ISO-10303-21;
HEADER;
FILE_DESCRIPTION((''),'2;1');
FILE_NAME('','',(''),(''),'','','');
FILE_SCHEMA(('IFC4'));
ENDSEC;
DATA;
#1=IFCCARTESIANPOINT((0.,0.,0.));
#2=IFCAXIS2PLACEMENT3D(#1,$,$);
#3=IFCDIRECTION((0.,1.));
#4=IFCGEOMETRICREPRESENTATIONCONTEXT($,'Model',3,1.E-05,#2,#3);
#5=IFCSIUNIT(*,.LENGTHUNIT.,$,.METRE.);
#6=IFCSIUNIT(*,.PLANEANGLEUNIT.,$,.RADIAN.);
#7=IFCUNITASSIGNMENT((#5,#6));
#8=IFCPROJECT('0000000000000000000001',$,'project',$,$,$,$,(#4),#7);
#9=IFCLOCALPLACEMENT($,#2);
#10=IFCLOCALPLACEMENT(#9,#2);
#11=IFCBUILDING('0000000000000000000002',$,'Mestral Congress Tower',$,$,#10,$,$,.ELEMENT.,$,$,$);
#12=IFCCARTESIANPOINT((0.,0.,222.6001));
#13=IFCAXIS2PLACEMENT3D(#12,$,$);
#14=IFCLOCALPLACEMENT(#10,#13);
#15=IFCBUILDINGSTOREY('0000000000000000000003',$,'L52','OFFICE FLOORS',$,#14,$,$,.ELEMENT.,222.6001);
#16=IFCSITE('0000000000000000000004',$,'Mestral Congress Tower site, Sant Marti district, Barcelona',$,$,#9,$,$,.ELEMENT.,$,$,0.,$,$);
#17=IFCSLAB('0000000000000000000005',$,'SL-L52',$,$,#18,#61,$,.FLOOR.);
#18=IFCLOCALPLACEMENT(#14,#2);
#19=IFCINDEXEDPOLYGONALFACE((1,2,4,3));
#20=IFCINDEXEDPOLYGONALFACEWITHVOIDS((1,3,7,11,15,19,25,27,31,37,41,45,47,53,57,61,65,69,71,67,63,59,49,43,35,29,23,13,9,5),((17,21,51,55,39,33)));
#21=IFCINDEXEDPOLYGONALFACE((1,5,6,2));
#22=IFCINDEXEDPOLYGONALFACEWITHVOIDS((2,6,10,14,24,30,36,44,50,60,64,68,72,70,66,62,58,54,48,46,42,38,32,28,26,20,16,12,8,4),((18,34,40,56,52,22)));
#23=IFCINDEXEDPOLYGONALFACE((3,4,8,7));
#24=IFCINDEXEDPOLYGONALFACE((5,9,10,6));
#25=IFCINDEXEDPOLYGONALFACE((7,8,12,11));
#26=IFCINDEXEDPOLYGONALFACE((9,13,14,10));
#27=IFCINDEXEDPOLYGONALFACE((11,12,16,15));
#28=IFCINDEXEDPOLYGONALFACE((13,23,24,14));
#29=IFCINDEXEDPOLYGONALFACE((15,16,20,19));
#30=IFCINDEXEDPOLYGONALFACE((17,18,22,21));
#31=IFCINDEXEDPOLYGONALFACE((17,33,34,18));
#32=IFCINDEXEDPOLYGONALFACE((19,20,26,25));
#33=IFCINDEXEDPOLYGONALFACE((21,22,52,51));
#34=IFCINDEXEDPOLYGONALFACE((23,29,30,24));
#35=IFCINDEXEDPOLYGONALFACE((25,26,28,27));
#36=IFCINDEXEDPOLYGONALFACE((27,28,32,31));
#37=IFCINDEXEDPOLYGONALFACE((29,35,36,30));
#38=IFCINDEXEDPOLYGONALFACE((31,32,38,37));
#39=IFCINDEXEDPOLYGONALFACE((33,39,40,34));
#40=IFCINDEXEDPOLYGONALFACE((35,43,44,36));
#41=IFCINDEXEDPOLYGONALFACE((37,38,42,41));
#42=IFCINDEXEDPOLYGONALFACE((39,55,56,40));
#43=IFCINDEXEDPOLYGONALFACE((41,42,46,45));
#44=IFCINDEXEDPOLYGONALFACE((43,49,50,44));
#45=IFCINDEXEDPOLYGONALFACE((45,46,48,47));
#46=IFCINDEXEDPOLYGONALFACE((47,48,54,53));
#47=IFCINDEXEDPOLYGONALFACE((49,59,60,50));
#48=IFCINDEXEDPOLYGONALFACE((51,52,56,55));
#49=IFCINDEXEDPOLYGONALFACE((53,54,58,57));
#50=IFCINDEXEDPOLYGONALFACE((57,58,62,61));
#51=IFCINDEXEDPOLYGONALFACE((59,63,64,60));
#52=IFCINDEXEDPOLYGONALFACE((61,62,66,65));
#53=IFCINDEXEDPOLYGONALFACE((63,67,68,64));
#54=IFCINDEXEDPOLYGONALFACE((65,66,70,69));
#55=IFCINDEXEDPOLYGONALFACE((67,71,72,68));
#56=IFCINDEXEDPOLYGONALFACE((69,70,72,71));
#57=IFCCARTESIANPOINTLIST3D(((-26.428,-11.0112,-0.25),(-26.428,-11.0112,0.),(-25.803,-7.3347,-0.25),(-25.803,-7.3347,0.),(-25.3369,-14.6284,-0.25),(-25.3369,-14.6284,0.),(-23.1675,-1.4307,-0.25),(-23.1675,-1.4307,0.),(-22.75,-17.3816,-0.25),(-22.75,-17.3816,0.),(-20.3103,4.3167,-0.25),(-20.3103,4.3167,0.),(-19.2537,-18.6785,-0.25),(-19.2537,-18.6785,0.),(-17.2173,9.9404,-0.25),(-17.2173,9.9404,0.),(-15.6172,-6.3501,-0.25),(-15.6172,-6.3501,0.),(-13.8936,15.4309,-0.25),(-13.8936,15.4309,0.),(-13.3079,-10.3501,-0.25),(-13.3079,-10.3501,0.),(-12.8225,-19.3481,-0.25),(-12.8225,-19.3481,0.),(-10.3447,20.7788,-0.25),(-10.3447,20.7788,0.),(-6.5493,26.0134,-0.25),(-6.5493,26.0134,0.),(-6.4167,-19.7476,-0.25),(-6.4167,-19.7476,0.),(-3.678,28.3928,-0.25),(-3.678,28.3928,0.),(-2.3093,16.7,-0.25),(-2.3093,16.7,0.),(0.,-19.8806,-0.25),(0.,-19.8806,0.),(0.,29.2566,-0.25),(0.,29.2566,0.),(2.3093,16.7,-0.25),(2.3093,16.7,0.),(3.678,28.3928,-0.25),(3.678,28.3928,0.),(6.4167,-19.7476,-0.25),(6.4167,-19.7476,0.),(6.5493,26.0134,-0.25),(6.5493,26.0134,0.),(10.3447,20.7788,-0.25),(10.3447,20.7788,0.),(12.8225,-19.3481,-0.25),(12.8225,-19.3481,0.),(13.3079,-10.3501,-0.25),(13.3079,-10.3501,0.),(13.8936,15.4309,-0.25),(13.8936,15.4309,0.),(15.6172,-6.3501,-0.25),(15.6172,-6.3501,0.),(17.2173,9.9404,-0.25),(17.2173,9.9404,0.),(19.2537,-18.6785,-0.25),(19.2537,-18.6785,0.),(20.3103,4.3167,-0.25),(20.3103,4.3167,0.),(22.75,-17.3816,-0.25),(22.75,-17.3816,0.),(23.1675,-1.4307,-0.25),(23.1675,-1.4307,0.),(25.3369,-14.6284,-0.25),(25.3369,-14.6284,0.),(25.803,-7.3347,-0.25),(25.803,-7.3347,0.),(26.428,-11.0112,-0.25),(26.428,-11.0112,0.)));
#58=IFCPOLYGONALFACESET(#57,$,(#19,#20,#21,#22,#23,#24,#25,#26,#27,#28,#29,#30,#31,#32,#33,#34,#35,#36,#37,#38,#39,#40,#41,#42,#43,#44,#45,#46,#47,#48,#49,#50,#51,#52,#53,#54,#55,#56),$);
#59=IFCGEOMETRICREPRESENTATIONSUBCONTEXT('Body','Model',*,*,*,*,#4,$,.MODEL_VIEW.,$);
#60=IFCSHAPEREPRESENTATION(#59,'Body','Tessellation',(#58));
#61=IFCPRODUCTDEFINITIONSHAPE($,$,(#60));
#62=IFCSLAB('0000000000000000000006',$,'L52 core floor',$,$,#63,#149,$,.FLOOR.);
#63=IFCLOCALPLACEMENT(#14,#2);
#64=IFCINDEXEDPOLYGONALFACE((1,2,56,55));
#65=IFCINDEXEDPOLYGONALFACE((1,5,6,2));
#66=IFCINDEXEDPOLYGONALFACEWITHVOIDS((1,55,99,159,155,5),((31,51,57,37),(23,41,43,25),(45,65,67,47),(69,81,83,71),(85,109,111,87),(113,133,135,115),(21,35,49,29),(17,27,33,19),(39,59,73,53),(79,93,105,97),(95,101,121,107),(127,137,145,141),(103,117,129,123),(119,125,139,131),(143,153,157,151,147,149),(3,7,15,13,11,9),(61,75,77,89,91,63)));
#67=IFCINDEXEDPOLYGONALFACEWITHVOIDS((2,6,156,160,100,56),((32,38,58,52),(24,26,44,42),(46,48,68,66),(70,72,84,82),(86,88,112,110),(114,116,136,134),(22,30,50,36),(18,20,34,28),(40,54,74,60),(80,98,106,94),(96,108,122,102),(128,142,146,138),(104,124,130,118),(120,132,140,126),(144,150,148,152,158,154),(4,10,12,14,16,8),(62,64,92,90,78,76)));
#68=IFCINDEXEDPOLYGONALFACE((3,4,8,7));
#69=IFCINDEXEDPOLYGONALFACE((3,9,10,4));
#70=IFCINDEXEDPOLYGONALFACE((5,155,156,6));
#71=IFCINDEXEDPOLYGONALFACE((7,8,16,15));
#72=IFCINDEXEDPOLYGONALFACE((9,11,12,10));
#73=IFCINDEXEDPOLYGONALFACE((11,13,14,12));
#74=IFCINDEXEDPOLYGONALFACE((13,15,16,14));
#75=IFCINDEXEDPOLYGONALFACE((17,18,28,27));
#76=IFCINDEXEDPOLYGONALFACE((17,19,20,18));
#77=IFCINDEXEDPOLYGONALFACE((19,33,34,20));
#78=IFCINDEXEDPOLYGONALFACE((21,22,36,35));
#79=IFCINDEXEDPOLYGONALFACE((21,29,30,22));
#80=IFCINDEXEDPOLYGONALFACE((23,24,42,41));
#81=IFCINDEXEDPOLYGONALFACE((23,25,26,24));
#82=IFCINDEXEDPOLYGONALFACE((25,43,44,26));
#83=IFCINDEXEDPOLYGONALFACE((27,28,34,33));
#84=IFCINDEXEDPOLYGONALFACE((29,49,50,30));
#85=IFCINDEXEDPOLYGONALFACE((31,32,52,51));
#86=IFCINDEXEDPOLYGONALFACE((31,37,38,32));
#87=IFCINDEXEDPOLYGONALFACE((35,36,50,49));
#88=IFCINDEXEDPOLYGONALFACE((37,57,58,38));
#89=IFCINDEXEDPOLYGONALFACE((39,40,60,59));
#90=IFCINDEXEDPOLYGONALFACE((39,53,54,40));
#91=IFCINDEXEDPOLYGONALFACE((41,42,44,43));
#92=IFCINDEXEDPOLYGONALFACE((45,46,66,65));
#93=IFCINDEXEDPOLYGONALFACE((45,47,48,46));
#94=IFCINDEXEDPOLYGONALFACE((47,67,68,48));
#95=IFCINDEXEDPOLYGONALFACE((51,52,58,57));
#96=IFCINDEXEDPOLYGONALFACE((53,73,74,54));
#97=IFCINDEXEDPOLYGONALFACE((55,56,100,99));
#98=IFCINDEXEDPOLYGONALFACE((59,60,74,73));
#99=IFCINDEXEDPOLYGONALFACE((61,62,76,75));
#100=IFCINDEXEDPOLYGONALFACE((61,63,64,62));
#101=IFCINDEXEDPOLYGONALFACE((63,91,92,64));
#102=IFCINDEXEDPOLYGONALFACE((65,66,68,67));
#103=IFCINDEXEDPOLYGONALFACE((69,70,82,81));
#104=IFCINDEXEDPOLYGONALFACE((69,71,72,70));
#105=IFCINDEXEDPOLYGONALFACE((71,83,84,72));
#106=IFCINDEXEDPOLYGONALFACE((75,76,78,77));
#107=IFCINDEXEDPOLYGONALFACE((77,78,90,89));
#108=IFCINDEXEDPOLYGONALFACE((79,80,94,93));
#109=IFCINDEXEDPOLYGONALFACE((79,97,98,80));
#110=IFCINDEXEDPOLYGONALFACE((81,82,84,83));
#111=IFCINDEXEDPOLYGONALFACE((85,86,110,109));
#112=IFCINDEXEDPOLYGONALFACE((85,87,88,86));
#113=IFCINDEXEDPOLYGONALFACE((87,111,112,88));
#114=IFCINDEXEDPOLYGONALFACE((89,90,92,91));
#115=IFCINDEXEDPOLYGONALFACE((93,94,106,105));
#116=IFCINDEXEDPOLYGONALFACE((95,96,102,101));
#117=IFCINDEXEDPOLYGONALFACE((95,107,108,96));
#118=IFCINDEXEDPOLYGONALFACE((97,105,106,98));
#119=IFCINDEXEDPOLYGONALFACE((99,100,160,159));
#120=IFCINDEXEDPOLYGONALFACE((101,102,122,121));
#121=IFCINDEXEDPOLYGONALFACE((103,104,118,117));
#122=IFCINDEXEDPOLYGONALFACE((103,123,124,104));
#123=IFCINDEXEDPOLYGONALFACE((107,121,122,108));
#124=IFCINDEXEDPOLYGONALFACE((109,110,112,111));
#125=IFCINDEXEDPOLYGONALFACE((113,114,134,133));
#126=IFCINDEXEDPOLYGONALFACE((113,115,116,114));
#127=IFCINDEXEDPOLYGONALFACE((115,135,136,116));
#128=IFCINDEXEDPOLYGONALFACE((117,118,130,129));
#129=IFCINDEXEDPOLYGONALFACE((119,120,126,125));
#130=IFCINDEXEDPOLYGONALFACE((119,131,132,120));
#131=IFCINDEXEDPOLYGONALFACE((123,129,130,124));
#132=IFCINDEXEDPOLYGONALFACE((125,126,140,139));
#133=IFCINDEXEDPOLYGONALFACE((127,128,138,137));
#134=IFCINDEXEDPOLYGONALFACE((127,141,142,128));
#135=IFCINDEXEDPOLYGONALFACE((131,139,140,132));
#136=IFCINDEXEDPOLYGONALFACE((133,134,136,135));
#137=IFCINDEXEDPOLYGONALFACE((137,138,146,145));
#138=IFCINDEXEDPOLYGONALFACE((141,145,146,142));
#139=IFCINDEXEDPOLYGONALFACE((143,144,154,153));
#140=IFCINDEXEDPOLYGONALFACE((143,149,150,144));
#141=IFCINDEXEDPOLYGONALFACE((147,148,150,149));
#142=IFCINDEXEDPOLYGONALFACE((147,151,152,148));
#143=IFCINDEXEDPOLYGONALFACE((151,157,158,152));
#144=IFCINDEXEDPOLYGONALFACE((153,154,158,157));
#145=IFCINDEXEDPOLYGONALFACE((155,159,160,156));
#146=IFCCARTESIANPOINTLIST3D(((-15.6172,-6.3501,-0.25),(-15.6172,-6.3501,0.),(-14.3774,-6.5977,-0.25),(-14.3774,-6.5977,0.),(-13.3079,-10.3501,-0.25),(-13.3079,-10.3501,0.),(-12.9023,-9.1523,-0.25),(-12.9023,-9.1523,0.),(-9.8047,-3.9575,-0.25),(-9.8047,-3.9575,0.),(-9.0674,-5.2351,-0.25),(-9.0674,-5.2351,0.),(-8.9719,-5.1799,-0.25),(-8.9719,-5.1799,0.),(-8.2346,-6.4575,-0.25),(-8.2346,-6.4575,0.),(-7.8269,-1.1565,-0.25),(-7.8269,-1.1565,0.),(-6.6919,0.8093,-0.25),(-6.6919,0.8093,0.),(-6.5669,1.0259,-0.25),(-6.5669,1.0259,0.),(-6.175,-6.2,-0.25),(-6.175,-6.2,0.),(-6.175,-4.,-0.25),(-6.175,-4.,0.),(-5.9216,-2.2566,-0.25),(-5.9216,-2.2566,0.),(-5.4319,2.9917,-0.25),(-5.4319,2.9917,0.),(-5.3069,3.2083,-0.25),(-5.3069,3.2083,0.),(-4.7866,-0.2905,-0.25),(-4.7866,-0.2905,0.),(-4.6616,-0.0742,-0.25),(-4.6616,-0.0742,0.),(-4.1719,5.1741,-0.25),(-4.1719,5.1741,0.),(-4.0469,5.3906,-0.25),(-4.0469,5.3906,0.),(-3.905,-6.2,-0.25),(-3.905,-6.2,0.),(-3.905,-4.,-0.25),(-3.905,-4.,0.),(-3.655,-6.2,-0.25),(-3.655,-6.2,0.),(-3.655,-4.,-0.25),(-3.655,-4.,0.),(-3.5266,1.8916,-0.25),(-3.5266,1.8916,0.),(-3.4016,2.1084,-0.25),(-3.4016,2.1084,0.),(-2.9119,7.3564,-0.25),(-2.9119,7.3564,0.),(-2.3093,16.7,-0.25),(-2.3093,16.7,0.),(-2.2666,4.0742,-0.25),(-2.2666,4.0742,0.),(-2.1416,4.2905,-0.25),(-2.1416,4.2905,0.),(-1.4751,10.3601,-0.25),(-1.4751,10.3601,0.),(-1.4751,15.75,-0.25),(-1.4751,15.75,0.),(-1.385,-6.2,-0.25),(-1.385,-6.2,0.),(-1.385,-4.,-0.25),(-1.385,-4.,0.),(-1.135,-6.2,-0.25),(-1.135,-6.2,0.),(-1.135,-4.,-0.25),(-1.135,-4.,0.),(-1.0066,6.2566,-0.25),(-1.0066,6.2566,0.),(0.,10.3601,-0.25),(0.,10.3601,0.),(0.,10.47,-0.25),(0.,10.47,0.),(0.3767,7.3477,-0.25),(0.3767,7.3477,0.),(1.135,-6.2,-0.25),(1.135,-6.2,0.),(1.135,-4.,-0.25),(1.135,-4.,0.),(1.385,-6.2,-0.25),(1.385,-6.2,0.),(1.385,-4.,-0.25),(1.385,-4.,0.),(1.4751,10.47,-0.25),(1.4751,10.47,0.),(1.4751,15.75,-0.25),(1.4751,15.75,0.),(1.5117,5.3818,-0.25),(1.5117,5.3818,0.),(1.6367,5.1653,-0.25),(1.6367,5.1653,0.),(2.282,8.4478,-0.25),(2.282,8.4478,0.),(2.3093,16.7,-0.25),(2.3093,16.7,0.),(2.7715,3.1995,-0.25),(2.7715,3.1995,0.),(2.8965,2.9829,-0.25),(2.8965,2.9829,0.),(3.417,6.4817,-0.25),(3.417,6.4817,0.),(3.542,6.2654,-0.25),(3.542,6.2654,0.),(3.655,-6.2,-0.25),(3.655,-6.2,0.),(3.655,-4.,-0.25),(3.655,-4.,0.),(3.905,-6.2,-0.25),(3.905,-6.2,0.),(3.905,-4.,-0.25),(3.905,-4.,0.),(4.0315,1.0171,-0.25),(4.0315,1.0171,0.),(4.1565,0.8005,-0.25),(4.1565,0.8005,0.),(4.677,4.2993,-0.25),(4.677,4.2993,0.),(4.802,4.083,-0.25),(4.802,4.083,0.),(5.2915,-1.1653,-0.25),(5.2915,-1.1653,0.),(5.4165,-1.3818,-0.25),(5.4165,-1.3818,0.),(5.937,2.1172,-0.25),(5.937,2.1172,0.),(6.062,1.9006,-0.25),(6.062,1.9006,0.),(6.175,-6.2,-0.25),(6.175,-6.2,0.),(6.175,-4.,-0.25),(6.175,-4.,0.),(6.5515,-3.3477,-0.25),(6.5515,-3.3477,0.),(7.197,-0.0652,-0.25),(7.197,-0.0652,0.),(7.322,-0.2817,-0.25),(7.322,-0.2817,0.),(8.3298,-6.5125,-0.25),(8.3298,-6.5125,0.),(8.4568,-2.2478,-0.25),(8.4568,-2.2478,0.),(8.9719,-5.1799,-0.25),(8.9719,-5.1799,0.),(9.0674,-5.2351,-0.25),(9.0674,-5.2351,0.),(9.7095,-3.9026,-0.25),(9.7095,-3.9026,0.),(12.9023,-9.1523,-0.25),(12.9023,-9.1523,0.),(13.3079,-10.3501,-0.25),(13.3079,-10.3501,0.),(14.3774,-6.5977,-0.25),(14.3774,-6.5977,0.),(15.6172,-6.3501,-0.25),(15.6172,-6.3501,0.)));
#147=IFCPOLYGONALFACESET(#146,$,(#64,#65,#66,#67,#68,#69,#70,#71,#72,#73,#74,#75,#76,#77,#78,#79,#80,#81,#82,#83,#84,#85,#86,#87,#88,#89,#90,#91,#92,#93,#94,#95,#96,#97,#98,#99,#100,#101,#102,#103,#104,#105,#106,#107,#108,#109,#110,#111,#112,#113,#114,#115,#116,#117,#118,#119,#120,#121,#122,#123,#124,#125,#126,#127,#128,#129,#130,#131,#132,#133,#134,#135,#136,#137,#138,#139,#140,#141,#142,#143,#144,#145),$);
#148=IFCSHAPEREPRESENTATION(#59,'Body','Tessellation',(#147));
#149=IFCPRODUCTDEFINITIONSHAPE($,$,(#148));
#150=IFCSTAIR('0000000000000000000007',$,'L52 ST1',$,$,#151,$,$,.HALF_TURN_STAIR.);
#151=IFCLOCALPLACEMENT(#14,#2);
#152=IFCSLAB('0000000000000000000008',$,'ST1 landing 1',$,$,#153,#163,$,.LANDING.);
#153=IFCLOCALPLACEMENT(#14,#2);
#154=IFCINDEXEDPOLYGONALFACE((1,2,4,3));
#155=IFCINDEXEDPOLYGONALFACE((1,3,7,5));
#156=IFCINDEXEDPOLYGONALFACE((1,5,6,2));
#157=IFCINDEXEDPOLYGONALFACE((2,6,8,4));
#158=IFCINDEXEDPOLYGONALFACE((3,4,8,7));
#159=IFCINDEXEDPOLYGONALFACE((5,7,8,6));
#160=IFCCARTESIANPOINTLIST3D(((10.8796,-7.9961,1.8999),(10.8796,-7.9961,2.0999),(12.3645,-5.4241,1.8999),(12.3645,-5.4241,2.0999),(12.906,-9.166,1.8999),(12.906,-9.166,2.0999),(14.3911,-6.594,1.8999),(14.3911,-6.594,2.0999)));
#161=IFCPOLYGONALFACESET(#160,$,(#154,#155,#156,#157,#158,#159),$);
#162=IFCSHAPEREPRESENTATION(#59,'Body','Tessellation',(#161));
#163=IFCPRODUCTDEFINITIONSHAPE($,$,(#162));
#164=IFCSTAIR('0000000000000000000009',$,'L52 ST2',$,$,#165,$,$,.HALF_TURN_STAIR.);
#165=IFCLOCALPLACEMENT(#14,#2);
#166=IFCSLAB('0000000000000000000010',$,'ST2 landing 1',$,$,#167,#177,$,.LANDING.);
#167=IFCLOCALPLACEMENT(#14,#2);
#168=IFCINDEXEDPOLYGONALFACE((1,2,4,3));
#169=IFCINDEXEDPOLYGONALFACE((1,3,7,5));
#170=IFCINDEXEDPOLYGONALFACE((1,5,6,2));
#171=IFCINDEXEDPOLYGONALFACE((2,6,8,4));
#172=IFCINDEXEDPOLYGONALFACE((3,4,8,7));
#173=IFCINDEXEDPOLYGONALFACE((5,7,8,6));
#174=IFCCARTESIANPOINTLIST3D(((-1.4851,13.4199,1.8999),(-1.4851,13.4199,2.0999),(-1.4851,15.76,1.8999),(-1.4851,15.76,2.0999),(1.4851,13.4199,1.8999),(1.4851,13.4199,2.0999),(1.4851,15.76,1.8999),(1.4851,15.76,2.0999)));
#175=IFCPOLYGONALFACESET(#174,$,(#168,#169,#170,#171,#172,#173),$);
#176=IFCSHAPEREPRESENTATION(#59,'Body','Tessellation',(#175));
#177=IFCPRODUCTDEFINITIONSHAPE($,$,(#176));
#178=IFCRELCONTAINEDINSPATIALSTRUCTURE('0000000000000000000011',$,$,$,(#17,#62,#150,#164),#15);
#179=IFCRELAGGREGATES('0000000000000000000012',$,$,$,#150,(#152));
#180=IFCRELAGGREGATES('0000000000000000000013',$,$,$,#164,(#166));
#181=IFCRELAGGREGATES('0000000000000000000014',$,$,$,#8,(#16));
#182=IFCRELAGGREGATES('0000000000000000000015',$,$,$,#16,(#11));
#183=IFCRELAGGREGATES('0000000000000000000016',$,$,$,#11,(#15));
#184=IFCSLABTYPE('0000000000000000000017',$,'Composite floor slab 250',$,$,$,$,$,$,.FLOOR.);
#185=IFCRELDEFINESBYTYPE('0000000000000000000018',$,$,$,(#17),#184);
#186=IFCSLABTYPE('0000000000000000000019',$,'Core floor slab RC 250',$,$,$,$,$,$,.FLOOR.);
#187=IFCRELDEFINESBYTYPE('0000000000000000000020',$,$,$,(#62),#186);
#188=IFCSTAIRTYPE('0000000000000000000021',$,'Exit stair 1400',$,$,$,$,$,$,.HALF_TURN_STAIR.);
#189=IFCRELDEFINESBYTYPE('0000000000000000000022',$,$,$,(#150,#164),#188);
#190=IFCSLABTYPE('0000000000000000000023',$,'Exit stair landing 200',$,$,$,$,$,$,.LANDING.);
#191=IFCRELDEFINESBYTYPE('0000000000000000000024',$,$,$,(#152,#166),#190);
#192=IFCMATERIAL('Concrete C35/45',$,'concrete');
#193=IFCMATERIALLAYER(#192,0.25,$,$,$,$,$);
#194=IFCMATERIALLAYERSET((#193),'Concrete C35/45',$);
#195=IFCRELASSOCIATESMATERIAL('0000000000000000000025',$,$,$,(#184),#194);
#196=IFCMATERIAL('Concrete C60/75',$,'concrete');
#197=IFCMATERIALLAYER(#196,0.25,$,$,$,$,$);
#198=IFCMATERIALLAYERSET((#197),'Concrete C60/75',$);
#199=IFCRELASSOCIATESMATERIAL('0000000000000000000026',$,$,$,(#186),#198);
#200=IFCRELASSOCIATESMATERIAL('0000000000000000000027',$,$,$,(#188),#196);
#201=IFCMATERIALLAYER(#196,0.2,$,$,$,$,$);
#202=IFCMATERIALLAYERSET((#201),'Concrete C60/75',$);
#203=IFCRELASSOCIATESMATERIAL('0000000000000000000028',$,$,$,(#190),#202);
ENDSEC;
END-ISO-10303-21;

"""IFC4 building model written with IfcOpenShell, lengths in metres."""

from ifc_helpers import new_model, si_unit, direction, frame, origin, place, context, subcontext, project, spatial, polyline, outline, extrude, material, layer, layer_set, type_object, element, aggregate, save


model = new_model("IFC4")

# Units and contexts
model_context = context("Model", 3, precision=1e-05, world=origin(), true_north=direction((0.0, 1.0)))
body_context = subcontext(model_context, "Body", "Model", "MODEL_VIEW")
ifc_project = project(units=[si_unit("LENGTHUNIT", "METRE"), si_unit("PLANEANGLEUNIT", "RADIAN")], contexts=[model_context])

# Site, building, storey
site_placement = place(None, origin())
site = spatial("IfcSite", under=ifc_project, at=site_placement, Name="Mestral Congress Tower site, Sant Marti district, Barcelona", CompositionType="ELEMENT", RefElevation=0.0)
building_placement = place(site_placement, origin())
building = spatial("IfcBuilding", under=site, at=building_placement, Name="Mestral Congress Tower", CompositionType="ELEMENT")
storey_placement = place(building_placement, frame((0.0, 0.0, 222.6001)))
storey = spatial("IfcBuildingStorey", under=building, at=storey_placement, Name="L52", Description="OFFICE FLOORS", CompositionType="ELEMENT", Elevation=222.6001)

# Slabs
ifc_material_1 = material(Name="Concrete C35/45", Category="concrete")
ifc_layer_1 = layer(ifc_material_1, 0.25)
ifc_layer_set_1 = layer_set([ifc_layer_1], Name="Concrete C35/45")
slab_type_1 = type_object("IfcSlabType", Name="Composite floor slab 250", PredefinedType="FLOOR", material=ifc_layer_set_1)
placement_1 = place(storey_placement, frame((0.0, 0.0, -0.25)))
element("IfcSlab", 1, at=placement_1, inside=storey, type_object=slab_type_1, Name="SL-L52", PredefinedType="FLOOR", context=body_context, shape_type="SweptSolid", body=[
    extrude(outline(polyline([(-19.2537, -18.6785), (-22.75, -17.3816), (-25.3369, -14.6284), (-26.428, -11.0112), (-25.803, -7.3347), (-23.1675, -1.4307), (-20.3103, 4.3167), (-17.2173, 9.9404), (-13.8936, 15.4309), (-10.3447, 20.7788), (-6.5493, 26.0134), (-3.678, 28.3928), (0.0, 29.2566), (3.678, 28.3928), (6.5493, 26.0134), (10.3447, 20.7788), (13.8936, 15.4309), (17.2173, 9.9404), (20.3103, 4.3167), (23.1675, -1.4307), (25.803, -7.3347), (26.428, -11.0112), (25.3369, -14.6284), (22.75, -17.3816), (19.2537, -18.6785), (12.8225, -19.3481), (6.4167, -19.7476), (0.0, -19.8806), (-6.4167, -19.7476), (-12.8225, -19.3481), (-19.2537, -18.6785)]), holes=[polyline([(-2.3093, 16.7), (-15.6172, -6.3501), (-13.3079, -10.3501), (13.3079, -10.3501), (15.6172, -6.3501), (2.3093, 16.7), (-2.3093, 16.7)])]), origin(), (0.0, 0.0, 1.0), 0.25),
])
ifc_material_2 = material(Name="Concrete C60/75", Category="concrete")
ifc_layer_2 = layer(ifc_material_2, 0.25)
ifc_layer_set_2 = layer_set([ifc_layer_2], Name="Concrete C60/75")
slab_type_2 = type_object("IfcSlabType", Name="Core floor slab RC 250", PredefinedType="FLOOR", material=ifc_layer_set_2)
element("IfcSlab", 2, at=placement_1, inside=storey, type_object=slab_type_2, Name="L52 core floor", PredefinedType="FLOOR", context=body_context, shape_type="SweptSolid", body=[
    extrude(outline(polyline([(13.3079, -10.3501), (-13.3079, -10.3501), (-15.6172, -6.3501), (-2.3093, 16.7), (2.3093, 16.7), (15.6172, -6.3501), (13.3079, -10.3501)]), holes=[polyline([(-9.8047, -3.9575), (-14.3774, -6.5977), (-12.9023, -9.1523), (-8.2346, -6.4575), (-8.9719, -5.1799), (-9.0674, -5.2351), (-9.8047, -3.9575)]), polyline([(-3.905, -4.0), (-6.175, -4.0), (-6.175, -6.2), (-3.905, -6.2), (-3.905, -4.0)]), polyline([(-1.385, -4.0), (-3.655, -4.0), (-3.655, -6.2), (-1.385, -6.2), (-1.385, -4.0)]), polyline([(1.135, -4.0), (-1.135, -4.0), (-1.135, -6.2), (1.135, -6.2), (1.135, -4.0)]), polyline([(-5.9216, -2.2566), (-4.7866, -0.2905), (-6.6919, 0.8093), (-7.8269, -1.1565), (-5.9216, -2.2566)]), polyline([(-4.6616, -0.0742), (-3.5266, 1.8916), (-5.4319, 2.9917), (-6.5669, 1.0259), (-4.6616, -0.0742)]), polyline([(-3.4016, 2.1084), (-2.2666, 4.0742), (-4.1719, 5.1741), (-5.3069, 3.2083), (-3.4016, 2.1084)]), polyline([(-2.1416, 4.2905), (-1.0066, 6.2566), (-2.9119, 7.3564), (-4.0469, 5.3906), (-2.1416, 4.2905)]), polyline([(1.4751, 10.47), (1.4751, 15.75), (-1.4751, 15.75), (-1.4751, 10.3601), (0.0, 10.3601), (0.0, 10.47), (1.4751, 10.47)]), polyline([(8.3298, -6.5125), (12.9023, -9.1523), (14.3774, -6.5977), (9.7095, -3.9026), (8.9719, -5.1799), (9.0674, -5.2351), (8.3298, -6.5125)]), polyline([(3.655, -4.0), (1.385, -4.0), (1.385, -6.2), (3.655, -6.2), (3.655, -4.0)]), polyline([(6.175, -4.0), (3.905, -4.0), (3.905, -6.2), (6.175, -6.2), (6.175, -4.0)]), polyline([(5.4165, -1.3818), (6.5515, -3.3477), (8.4568, -2.2478), (7.322, -0.2817), (5.4165, -1.3818)]), polyline([(4.1565, 0.8005), (5.2915, -1.1653), (7.197, -0.0652), (6.062, 1.9006), (4.1565, 0.8005)]), polyline([(2.8965, 2.9829), (4.0315, 1.0171), (5.937, 2.1172), (4.802, 4.083), (2.8965, 2.9829)]), polyline([(3.542, 6.2654), (1.6367, 5.1653), (2.7715, 3.1995), (4.677, 4.2993), (3.542, 6.2654)]), polyline([(2.282, 8.4478), (0.3767, 7.3477), (1.5117, 5.3818), (3.417, 6.4817), (2.282, 8.4478)])]), origin(), (0.0, 0.0, 1.0), 0.25),
])

# Stairs, slabs
stair_type = type_object("IfcStairType", Name="Exit stair 1400", PredefinedType="HALF_TURN_STAIR", material=ifc_material_2)
placement_2 = place(storey_placement, origin())
stair_1 = element("IfcStair", 3, at=placement_2, inside=storey, type_object=stair_type, Name="L52 ST1", PredefinedType="HALF_TURN_STAIR")
ifc_layer_3 = layer(ifc_material_2, 0.2)
ifc_layer_set_3 = layer_set([ifc_layer_3], Name="Concrete C60/75")
slab_type_3 = type_object("IfcSlabType", Name="Exit stair landing 200", PredefinedType="LANDING", material=ifc_layer_set_3)
placement_3 = place(storey_placement, frame((0.0, 0.0, 1.8999)))
slab_1 = element("IfcSlab", 4, at=placement_3, type_object=slab_type_3, Name="ST1 landing 1", PredefinedType="LANDING", context=body_context, shape_type="SweptSolid", body=[
    extrude(outline(polyline([(10.8796, -7.9961), (12.3645, -5.4241), (14.3911, -6.594), (12.906, -9.166), (10.8796, -7.9961)])), origin(), (0.0, 0.0, 1.0), 0.2),
])
aggregate(stair_1, [slab_1])
stair_2 = element("IfcStair", 5, at=placement_2, inside=storey, type_object=stair_type, Name="L52 ST2", PredefinedType="HALF_TURN_STAIR")
slab_2 = element("IfcSlab", 6, at=placement_3, type_object=slab_type_3, Name="ST2 landing 1", PredefinedType="LANDING", context=body_context, shape_type="SweptSolid", body=[
    extrude(outline(polyline([(1.4851, 13.4199), (-1.4851, 13.4199), (-1.4851, 15.76), (1.4851, 15.76), (1.4851, 13.4199)])), origin(), (0.0, 0.0, 1.0), 0.2),
])
aggregate(stair_2, [slab_2])

save(model, "model.ifc")
